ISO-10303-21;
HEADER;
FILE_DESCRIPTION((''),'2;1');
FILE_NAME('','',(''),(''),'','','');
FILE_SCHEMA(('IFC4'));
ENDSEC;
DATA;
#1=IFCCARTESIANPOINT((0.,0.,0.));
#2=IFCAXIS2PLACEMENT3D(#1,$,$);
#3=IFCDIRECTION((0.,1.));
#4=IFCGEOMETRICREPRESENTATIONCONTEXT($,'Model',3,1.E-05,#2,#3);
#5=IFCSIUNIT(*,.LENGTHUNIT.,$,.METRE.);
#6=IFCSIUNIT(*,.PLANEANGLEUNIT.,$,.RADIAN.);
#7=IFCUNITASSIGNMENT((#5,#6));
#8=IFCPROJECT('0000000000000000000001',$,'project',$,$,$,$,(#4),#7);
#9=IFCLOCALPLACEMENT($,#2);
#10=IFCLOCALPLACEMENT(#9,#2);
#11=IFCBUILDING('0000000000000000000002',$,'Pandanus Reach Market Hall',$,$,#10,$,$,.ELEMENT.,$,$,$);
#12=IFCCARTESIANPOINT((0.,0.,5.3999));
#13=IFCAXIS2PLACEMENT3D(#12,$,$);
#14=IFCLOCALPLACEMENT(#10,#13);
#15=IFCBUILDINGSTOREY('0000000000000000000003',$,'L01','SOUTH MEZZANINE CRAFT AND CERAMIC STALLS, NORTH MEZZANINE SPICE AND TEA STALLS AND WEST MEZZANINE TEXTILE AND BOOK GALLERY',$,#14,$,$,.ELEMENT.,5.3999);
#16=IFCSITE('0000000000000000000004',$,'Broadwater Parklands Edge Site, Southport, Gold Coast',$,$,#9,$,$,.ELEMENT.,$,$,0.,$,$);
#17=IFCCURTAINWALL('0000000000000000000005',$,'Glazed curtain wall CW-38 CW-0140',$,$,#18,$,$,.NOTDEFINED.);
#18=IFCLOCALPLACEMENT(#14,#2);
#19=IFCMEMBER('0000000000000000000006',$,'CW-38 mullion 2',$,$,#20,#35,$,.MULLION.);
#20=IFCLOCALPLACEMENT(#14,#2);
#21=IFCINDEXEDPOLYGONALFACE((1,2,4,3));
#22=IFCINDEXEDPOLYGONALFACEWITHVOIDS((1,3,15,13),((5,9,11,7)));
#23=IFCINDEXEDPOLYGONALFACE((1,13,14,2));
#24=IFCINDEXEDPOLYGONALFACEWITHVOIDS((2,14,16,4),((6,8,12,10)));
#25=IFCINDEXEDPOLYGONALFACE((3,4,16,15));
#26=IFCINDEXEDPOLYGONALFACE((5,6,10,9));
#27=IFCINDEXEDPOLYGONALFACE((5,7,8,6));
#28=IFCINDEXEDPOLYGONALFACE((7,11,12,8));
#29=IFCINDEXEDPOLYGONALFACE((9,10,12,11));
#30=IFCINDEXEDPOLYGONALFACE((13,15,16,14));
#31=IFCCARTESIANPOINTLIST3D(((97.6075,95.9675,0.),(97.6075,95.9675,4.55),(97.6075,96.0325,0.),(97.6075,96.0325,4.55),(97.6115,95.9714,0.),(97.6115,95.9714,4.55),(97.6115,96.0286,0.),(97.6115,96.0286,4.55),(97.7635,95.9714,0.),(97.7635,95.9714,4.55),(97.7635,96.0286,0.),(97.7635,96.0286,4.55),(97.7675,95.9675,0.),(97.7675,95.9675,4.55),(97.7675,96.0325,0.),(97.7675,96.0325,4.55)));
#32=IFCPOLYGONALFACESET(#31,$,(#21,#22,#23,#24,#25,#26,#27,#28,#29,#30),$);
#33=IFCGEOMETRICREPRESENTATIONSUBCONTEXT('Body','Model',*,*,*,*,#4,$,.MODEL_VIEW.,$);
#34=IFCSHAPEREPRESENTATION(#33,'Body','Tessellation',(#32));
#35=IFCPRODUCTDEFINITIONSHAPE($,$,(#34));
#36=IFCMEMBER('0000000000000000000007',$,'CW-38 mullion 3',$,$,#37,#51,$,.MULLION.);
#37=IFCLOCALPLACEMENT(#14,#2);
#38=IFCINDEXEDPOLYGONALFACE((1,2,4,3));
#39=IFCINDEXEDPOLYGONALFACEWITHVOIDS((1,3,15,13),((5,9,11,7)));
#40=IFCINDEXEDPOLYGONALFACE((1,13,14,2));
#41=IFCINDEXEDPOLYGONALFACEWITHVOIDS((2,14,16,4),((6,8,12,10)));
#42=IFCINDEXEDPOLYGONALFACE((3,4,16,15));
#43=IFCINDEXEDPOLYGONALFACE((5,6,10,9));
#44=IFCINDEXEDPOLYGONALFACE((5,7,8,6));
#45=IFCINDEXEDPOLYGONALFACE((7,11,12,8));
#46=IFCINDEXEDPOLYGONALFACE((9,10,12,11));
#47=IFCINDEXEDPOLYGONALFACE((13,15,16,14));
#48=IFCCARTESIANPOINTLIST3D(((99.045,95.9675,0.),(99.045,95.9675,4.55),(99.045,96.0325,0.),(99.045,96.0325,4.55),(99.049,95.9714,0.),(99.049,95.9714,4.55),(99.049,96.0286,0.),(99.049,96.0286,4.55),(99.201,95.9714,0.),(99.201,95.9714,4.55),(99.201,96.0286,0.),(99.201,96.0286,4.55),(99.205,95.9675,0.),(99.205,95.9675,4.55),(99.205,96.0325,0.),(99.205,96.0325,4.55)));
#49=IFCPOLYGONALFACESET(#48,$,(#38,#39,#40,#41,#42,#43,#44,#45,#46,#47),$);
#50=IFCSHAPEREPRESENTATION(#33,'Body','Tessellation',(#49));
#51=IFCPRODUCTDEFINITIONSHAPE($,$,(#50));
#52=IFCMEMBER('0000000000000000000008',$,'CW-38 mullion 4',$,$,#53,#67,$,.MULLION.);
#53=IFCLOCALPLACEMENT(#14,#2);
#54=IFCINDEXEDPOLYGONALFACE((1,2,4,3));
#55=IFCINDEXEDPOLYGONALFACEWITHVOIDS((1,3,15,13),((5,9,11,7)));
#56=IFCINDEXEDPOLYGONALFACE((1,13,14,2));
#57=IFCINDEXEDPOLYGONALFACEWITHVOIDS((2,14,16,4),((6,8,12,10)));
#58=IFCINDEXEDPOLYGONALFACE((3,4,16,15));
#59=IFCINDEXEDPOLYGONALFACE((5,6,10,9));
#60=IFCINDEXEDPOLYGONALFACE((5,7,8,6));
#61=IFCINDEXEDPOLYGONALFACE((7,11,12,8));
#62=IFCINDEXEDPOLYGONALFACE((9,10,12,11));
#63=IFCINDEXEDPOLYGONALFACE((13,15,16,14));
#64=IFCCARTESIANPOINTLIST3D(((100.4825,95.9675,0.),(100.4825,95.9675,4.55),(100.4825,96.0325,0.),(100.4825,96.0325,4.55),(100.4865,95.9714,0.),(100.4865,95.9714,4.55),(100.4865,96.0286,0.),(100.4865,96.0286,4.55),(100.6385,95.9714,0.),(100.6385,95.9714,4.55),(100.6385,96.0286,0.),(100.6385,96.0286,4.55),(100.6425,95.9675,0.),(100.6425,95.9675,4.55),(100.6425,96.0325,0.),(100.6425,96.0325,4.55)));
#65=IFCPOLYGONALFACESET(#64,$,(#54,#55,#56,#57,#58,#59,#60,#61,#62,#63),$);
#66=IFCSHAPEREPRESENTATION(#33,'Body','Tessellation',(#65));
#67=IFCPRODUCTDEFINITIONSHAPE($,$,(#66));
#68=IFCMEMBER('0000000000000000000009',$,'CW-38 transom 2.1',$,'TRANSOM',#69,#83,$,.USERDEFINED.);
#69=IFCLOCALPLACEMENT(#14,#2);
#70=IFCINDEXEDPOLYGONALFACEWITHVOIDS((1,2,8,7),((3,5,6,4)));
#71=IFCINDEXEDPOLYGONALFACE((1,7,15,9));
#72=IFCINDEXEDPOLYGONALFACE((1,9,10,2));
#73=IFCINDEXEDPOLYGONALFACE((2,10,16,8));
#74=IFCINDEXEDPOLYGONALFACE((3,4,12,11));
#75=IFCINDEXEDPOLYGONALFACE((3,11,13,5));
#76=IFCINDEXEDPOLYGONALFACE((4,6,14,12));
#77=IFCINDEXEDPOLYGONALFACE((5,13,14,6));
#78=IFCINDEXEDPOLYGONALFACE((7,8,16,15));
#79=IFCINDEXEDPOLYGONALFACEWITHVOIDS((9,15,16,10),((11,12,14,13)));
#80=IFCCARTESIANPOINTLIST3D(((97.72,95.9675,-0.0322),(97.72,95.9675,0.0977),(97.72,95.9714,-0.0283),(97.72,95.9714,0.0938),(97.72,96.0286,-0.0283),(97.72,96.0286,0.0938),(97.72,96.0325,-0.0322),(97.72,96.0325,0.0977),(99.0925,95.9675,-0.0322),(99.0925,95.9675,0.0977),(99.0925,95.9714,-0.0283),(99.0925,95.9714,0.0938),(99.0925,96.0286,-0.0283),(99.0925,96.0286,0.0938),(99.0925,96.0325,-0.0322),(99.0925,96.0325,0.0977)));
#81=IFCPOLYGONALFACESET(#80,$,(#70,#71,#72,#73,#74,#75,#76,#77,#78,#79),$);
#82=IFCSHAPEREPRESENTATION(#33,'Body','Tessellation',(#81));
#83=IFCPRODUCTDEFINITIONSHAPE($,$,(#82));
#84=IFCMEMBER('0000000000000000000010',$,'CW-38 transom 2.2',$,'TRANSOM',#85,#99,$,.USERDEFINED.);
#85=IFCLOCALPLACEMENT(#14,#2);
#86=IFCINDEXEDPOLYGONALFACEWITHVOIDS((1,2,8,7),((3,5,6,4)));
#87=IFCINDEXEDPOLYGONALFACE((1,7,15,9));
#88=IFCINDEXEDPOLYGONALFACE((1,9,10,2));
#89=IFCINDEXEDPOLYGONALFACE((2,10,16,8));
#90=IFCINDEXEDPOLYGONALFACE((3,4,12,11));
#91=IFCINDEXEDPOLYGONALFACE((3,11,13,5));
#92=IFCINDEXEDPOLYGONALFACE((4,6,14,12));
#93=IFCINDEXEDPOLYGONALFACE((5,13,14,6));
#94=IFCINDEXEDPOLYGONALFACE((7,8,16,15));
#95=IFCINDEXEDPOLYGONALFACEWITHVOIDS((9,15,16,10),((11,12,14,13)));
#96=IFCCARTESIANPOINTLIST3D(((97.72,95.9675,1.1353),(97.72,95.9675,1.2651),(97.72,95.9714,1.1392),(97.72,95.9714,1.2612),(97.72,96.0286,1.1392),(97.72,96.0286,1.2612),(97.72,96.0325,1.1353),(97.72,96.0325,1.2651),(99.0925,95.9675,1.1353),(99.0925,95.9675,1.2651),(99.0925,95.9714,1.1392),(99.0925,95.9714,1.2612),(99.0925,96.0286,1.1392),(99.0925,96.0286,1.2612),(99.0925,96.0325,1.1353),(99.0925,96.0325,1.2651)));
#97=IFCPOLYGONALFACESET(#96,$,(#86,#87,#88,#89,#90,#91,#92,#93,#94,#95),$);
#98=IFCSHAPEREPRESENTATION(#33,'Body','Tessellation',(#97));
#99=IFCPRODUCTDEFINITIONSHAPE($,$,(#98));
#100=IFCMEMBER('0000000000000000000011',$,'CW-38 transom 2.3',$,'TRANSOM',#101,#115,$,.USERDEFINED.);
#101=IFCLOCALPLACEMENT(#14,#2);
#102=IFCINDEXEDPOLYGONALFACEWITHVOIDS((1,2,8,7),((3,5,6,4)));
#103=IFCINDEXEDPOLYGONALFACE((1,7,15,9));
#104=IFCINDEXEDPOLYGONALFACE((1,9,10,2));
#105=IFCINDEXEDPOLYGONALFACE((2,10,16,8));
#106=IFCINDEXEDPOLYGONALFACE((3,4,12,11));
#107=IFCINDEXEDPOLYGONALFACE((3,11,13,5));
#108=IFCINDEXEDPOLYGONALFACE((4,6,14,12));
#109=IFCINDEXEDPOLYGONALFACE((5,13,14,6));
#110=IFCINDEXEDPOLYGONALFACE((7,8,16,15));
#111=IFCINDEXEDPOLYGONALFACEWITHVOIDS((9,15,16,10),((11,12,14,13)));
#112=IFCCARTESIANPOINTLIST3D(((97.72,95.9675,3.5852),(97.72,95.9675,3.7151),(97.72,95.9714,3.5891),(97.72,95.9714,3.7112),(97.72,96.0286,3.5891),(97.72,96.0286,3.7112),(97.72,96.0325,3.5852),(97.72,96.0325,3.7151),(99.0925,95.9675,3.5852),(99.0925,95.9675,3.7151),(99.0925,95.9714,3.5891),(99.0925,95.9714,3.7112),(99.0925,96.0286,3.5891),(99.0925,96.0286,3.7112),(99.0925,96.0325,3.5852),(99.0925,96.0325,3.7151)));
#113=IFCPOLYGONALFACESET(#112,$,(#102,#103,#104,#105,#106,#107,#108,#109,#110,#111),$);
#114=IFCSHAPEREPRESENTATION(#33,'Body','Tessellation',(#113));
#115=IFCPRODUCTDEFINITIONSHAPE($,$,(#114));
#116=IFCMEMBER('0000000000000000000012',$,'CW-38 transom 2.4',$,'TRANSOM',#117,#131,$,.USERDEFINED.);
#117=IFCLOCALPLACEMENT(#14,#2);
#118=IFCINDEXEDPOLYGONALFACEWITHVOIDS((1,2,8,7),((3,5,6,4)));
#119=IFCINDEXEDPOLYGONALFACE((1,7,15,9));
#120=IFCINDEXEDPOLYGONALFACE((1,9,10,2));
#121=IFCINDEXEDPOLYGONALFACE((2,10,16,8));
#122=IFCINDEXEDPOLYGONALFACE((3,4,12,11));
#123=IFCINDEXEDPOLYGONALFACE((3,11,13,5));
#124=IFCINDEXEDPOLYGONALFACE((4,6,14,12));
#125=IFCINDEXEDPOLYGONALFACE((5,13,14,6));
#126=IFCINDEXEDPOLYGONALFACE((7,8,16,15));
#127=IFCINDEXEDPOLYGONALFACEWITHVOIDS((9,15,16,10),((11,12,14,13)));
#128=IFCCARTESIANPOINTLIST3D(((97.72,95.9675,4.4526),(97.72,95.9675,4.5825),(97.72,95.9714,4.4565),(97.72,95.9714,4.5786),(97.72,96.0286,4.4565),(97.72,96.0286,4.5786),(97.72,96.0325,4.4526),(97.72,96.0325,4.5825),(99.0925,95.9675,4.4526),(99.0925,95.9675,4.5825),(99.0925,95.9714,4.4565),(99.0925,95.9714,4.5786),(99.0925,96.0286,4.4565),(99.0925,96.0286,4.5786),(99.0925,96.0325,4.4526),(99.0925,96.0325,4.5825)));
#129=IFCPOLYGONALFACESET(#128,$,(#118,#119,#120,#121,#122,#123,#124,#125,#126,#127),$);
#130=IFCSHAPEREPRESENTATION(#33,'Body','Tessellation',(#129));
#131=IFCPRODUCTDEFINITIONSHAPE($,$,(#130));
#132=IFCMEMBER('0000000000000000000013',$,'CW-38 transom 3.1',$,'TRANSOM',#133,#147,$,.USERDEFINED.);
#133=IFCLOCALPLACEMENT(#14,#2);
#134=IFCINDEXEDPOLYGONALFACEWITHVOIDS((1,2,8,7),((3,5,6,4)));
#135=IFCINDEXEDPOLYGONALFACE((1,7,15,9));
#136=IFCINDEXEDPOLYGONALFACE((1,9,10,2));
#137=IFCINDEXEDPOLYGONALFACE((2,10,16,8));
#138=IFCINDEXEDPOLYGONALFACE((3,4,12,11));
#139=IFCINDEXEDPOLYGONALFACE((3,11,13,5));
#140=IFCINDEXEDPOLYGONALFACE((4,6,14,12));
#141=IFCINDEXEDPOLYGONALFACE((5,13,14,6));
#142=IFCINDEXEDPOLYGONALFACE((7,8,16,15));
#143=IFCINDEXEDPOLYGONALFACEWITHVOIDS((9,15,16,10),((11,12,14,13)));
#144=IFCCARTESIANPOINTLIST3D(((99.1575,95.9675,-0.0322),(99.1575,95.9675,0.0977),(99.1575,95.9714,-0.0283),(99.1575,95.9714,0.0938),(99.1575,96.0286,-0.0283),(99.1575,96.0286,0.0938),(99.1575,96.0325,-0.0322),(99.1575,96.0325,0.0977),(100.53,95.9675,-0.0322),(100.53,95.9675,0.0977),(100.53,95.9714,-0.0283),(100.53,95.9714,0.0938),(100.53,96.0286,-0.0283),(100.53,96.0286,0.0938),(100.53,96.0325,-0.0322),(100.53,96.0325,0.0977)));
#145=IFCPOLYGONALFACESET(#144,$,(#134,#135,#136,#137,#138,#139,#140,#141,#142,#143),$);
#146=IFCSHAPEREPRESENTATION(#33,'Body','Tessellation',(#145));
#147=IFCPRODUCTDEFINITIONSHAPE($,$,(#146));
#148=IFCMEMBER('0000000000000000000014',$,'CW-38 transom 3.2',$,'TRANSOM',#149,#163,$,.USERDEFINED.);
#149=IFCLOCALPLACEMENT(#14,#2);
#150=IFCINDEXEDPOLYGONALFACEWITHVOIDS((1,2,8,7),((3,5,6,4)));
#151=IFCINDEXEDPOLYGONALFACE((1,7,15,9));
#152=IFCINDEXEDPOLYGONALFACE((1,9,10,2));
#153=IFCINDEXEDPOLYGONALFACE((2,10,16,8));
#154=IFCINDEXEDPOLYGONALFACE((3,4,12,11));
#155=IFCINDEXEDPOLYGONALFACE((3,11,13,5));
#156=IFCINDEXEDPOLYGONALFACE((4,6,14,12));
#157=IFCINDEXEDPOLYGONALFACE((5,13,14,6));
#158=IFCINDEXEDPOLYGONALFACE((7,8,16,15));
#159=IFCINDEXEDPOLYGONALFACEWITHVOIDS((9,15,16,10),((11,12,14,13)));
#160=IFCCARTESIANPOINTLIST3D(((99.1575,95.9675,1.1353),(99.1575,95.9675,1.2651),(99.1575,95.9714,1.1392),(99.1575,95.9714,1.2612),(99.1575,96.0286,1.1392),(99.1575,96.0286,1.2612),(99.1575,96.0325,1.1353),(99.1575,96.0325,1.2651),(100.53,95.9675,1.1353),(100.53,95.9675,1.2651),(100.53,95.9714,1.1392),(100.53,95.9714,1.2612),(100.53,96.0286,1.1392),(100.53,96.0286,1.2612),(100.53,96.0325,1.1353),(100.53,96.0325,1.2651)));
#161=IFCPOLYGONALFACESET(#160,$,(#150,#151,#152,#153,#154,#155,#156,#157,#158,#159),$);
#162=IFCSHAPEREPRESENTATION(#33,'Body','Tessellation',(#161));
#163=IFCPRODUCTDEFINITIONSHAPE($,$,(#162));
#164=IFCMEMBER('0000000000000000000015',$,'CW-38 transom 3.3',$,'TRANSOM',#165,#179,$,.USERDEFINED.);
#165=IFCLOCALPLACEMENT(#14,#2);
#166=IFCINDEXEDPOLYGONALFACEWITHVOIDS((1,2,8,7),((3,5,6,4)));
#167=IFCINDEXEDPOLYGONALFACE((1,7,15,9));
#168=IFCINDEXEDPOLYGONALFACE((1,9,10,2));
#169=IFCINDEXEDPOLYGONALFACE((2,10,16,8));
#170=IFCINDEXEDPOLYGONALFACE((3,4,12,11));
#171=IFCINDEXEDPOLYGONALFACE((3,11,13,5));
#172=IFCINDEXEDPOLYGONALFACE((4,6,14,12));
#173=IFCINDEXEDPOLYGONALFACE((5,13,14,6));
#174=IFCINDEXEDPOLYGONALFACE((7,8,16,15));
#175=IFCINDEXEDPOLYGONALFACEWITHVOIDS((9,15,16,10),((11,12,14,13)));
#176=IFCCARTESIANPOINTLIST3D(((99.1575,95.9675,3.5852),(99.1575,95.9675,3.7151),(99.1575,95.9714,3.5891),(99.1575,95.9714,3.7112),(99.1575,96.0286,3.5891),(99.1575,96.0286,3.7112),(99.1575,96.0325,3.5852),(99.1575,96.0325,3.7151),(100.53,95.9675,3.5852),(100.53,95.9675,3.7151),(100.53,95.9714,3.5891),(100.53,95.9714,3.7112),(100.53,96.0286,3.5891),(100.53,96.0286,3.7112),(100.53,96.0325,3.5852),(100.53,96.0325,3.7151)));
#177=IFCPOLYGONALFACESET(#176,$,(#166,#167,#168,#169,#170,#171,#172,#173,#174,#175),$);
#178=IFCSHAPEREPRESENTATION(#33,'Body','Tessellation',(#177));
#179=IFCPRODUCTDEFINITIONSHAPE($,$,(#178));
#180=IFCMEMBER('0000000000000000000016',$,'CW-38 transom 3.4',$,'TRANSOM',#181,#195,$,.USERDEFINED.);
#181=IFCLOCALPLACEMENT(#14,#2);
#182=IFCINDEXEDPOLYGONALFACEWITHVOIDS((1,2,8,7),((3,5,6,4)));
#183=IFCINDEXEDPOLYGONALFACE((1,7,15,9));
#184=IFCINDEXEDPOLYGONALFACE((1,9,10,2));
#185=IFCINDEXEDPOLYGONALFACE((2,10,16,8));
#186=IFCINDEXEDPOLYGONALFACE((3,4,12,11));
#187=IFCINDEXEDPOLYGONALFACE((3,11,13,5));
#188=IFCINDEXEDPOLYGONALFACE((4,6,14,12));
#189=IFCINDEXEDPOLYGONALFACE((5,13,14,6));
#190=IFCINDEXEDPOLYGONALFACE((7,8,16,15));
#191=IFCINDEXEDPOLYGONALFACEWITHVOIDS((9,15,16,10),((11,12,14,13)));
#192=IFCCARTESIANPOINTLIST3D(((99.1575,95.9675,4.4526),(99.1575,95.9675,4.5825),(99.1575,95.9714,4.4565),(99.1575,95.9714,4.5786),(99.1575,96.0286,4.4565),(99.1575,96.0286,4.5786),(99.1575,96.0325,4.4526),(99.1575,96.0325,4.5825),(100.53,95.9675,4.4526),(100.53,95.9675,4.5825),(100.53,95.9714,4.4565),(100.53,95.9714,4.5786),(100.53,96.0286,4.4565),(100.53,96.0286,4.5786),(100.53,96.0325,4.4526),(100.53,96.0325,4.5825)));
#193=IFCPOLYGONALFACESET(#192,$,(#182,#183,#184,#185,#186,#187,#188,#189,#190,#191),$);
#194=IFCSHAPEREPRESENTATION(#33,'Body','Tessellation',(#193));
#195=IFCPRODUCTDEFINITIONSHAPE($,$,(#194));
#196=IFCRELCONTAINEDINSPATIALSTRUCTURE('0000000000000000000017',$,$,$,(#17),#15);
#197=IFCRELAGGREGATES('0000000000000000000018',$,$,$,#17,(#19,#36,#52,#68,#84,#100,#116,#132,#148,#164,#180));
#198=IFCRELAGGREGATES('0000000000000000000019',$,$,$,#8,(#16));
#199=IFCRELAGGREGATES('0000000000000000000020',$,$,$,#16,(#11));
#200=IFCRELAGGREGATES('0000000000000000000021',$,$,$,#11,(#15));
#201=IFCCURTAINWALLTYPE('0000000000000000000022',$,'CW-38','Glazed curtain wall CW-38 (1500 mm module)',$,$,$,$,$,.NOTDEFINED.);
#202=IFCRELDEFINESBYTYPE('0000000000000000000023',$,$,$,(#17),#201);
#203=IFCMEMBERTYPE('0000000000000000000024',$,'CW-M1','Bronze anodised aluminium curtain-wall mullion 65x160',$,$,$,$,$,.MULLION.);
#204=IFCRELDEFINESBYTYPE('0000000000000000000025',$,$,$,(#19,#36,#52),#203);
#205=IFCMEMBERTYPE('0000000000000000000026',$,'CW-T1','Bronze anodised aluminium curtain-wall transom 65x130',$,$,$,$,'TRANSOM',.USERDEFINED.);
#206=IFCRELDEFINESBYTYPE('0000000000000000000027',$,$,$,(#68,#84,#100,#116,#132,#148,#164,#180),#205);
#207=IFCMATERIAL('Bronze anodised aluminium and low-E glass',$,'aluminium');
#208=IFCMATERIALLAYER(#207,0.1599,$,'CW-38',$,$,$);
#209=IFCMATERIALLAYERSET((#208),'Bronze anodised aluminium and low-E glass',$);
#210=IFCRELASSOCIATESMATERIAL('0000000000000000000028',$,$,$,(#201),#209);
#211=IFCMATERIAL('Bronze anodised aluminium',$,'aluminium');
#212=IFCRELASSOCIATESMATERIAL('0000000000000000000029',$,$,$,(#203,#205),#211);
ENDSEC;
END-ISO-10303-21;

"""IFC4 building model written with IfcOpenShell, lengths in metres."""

from ifc_helpers import new_model, si_unit, direction, frame, origin, origin_2d, place, context, subcontext, project, spatial, hollow_rectangle, extrude, material, layer, layer_set, material_profile, profile_set, type_object, element, aggregate, save


model = new_model("IFC4")

# Units and contexts
model_context = context("Model", 3, precision=1e-05, world=origin(), true_north=direction((0.0, 1.0)))
body_context = subcontext(model_context, "Body", "Model", "MODEL_VIEW")
ifc_project = project(units=[si_unit("LENGTHUNIT", "METRE"), si_unit("PLANEANGLEUNIT", "RADIAN")], contexts=[model_context])

# Site, building, storey
site_placement = place(None, origin())
site = spatial("IfcSite", under=ifc_project, at=site_placement, Name="Broadwater Parklands Edge Site, Southport, Gold Coast", CompositionType="ELEMENT", RefElevation=0.0)
building_placement = place(site_placement, origin())
building = spatial("IfcBuilding", under=site, at=building_placement, Name="Pandanus Reach Market Hall", CompositionType="ELEMENT")
storey_placement = place(building_placement, frame((0.0, 0.0, 5.3999)))
storey = spatial("IfcBuildingStorey", under=building, at=storey_placement, Name="L01", Description="SOUTH MEZZANINE CRAFT AND CERAMIC STALLS, NORTH MEZZANINE SPICE AND TEA STALLS AND WEST MEZZANINE TEXTILE AND BOOK GALLERY", CompositionType="ELEMENT", Elevation=5.3999)

# Curtain wall, members
ifc_material_1 = material(Name="Bronze anodised aluminium and low-E glass", Category="aluminium")
ifc_layer_1 = layer(ifc_material_1, 0.1599, Name="CW-38")
ifc_layer_set_1 = layer_set([ifc_layer_1], Name="Bronze anodised aluminium and low-E glass")
curtain_wall_type = type_object("IfcCurtainWallType", Name="CW-38", Description="Glazed curtain wall CW-38 (1500 mm module)", PredefinedType="NOTDEFINED", material=ifc_layer_set_1)
curtain_wall_placement = place(storey_placement, origin())
curtain_wall = element("IfcCurtainWall", 1, at=curtain_wall_placement, inside=storey, type_object=curtain_wall_type, Name="Glazed curtain wall CW-38 CW-0140", PredefinedType="NOTDEFINED")
ifc_material_2 = material(Name="Bronze anodised aluminium", Category="aluminium")
ifc_material_profile_1 = material_profile(ifc_material_2, hollow_rectangle(XDim=0.0649, YDim=0.1599, WallThickness=0.0039, at=origin_2d()), Name="ALU65x160", Category="LoadBearing")
ifc_profile_set_1 = profile_set([ifc_material_profile_1], Name="Bronze anodised aluminium")
member_type_1 = type_object("IfcMemberType", Name="CW-M1", Description="Bronze anodised aluminium curtain-wall mullion 65x160", PredefinedType="MULLION", material=ifc_profile_set_1)
member_1_placement = place(storey_placement, frame((97.6875, 96.0, 0.0), z_axis=(0.0, 0.0, 1.0), x_axis=(0.0, 1.0, 0.0)))
member_1 = element("IfcMember", 2, at=member_1_placement, type_object=member_type_1, Name="CW-38 mullion 2", PredefinedType="MULLION", context=body_context, shape_type="SweptSolid", body=[
    extrude(hollow_rectangle(XDim=0.0649, YDim=0.1599, WallThickness=0.0039, at=origin_2d()), origin(), (0.0, 0.0, 1.0), 4.55),
])
member_2_placement = place(storey_placement, frame((99.125, 96.0, 0.0), z_axis=(0.0, 0.0, 1.0), x_axis=(0.0, 1.0, 0.0)))
member_2 = element("IfcMember", 3, at=member_2_placement, type_object=member_type_1, Name="CW-38 mullion 3", PredefinedType="MULLION", context=body_context, shape_type="SweptSolid", body=[
    extrude(hollow_rectangle(XDim=0.0649, YDim=0.1599, WallThickness=0.0039, at=origin_2d()), origin(), (0.0, 0.0, 1.0), 4.55),
])
member_3_placement = place(storey_placement, frame((100.5625, 96.0, 0.0), z_axis=(0.0, 0.0, 1.0), x_axis=(0.0, 1.0, 0.0)))
member_3 = element("IfcMember", 4, at=member_3_placement, type_object=member_type_1, Name="CW-38 mullion 4", PredefinedType="MULLION", context=body_context, shape_type="SweptSolid", body=[
    extrude(hollow_rectangle(XDim=0.0649, YDim=0.1599, WallThickness=0.0039, at=origin_2d()), origin(), (0.0, 0.0, 1.0), 4.55),
])
ifc_material_profile_2 = material_profile(ifc_material_2, hollow_rectangle(XDim=0.0649, YDim=0.1299, WallThickness=0.0039, at=origin_2d()), Name="ALU65x130", Category="LoadBearing")
ifc_profile_set_2 = profile_set([ifc_material_profile_2], Name="Bronze anodised aluminium")
member_type_2 = type_object("IfcMemberType", Name="CW-T1", Description="Bronze anodised aluminium curtain-wall transom 65x130", ElementType="TRANSOM", PredefinedType="USERDEFINED", material=ifc_profile_set_2)
member_4_placement = place(storey_placement, frame((97.72, 96.0, 0.0327), z_axis=(1.0, 0.0, 0.0), x_axis=(0.0, 1.0, 0.0)))
member_4 = element("IfcMember", 5, at=member_4_placement, type_object=member_type_2, Name="CW-38 transom 2.1", ObjectType="TRANSOM", PredefinedType="USERDEFINED", context=body_context, shape_type="SweptSolid", body=[
    extrude(hollow_rectangle(XDim=0.0649, YDim=0.1299, WallThickness=0.0039, at=origin_2d()), origin(), (0.0, 0.0, 1.0), 1.3726),
])
member_5_placement = place(storey_placement, frame((97.72, 96.0, 1.2002), z_axis=(1.0, 0.0, 0.0), x_axis=(0.0, 1.0, 0.0)))
member_5 = element("IfcMember", 6, at=member_5_placement, type_object=member_type_2, Name="CW-38 transom 2.2", ObjectType="TRANSOM", PredefinedType="USERDEFINED", context=body_context, shape_type="SweptSolid", body=[
    extrude(hollow_rectangle(XDim=0.0649, YDim=0.1299, WallThickness=0.0039, at=origin_2d()), origin(), (0.0, 0.0, 1.0), 1.3726),
])
member_6_placement = place(storey_placement, frame((97.72, 96.0, 3.6501), z_axis=(1.0, 0.0, 0.0), x_axis=(0.0, 1.0, 0.0)))
member_6 = element("IfcMember", 7, at=member_6_placement, type_object=member_type_2, Name="CW-38 transom 2.3", ObjectType="TRANSOM", PredefinedType="USERDEFINED", context=body_context, shape_type="SweptSolid", body=[
    extrude(hollow_rectangle(XDim=0.0649, YDim=0.1299, WallThickness=0.0039, at=origin_2d()), origin(), (0.0, 0.0, 1.0), 1.3726),
])
member_7_placement = place(storey_placement, frame((97.72, 96.0, 4.5176), z_axis=(1.0, 0.0, 0.0), x_axis=(0.0, 1.0, 0.0)))
member_7 = element("IfcMember", 8, at=member_7_placement, type_object=member_type_2, Name="CW-38 transom 2.4", ObjectType="TRANSOM", PredefinedType="USERDEFINED", context=body_context, shape_type="SweptSolid", body=[
    extrude(hollow_rectangle(XDim=0.0649, YDim=0.1299, WallThickness=0.0039, at=origin_2d()), origin(), (0.0, 0.0, 1.0), 1.3726),
])
member_8_placement = place(storey_placement, frame((99.1575, 96.0, 0.0327), z_axis=(1.0, 0.0, 0.0), x_axis=(0.0, 1.0, 0.0)))
member_8 = element("IfcMember", 9, at=member_8_placement, type_object=member_type_2, Name="CW-38 transom 3.1", ObjectType="TRANSOM", PredefinedType="USERDEFINED", context=body_context, shape_type="SweptSolid", body=[
    extrude(hollow_rectangle(XDim=0.0649, YDim=0.1299, WallThickness=0.0039, at=origin_2d()), origin(), (0.0, 0.0, 1.0), 1.3726),
])
member_9_placement = place(storey_placement, frame((99.1575, 96.0, 1.2002), z_axis=(1.0, 0.0, 0.0), x_axis=(0.0, 1.0, 0.0)))
member_9 = element("IfcMember", 10, at=member_9_placement, type_object=member_type_2, Name="CW-38 transom 3.2", ObjectType="TRANSOM", PredefinedType="USERDEFINED", context=body_context, shape_type="SweptSolid", body=[
    extrude(hollow_rectangle(XDim=0.0649, YDim=0.1299, WallThickness=0.0039, at=origin_2d()), origin(), (0.0, 0.0, 1.0), 1.3726),
])
member_10_placement = place(storey_placement, frame((99.1575, 96.0, 3.6501), z_axis=(1.0, 0.0, 0.0), x_axis=(0.0, 1.0, 0.0)))
member_10 = element("IfcMember", 11, at=member_10_placement, type_object=member_type_2, Name="CW-38 transom 3.3", ObjectType="TRANSOM", PredefinedType="USERDEFINED", context=body_context, shape_type="SweptSolid", body=[
    extrude(hollow_rectangle(XDim=0.0649, YDim=0.1299, WallThickness=0.0039, at=origin_2d()), origin(), (0.0, 0.0, 1.0), 1.3726),
])
member_11_placement = place(storey_placement, frame((99.1575, 96.0, 4.5176), z_axis=(1.0, 0.0, 0.0), x_axis=(0.0, 1.0, 0.0)))
member_11 = element("IfcMember", 12, at=member_11_placement, type_object=member_type_2, Name="CW-38 transom 3.4", ObjectType="TRANSOM", PredefinedType="USERDEFINED", context=body_context, shape_type="SweptSolid", body=[
    extrude(hollow_rectangle(XDim=0.0649, YDim=0.1299, WallThickness=0.0039, at=origin_2d()), origin(), (0.0, 0.0, 1.0), 1.3726),
])
aggregate(curtain_wall, [member_1, member_2, member_3, member_4, member_5, member_6, member_7, member_8, member_9, member_10, member_11])

save(model, "model.ifc")
